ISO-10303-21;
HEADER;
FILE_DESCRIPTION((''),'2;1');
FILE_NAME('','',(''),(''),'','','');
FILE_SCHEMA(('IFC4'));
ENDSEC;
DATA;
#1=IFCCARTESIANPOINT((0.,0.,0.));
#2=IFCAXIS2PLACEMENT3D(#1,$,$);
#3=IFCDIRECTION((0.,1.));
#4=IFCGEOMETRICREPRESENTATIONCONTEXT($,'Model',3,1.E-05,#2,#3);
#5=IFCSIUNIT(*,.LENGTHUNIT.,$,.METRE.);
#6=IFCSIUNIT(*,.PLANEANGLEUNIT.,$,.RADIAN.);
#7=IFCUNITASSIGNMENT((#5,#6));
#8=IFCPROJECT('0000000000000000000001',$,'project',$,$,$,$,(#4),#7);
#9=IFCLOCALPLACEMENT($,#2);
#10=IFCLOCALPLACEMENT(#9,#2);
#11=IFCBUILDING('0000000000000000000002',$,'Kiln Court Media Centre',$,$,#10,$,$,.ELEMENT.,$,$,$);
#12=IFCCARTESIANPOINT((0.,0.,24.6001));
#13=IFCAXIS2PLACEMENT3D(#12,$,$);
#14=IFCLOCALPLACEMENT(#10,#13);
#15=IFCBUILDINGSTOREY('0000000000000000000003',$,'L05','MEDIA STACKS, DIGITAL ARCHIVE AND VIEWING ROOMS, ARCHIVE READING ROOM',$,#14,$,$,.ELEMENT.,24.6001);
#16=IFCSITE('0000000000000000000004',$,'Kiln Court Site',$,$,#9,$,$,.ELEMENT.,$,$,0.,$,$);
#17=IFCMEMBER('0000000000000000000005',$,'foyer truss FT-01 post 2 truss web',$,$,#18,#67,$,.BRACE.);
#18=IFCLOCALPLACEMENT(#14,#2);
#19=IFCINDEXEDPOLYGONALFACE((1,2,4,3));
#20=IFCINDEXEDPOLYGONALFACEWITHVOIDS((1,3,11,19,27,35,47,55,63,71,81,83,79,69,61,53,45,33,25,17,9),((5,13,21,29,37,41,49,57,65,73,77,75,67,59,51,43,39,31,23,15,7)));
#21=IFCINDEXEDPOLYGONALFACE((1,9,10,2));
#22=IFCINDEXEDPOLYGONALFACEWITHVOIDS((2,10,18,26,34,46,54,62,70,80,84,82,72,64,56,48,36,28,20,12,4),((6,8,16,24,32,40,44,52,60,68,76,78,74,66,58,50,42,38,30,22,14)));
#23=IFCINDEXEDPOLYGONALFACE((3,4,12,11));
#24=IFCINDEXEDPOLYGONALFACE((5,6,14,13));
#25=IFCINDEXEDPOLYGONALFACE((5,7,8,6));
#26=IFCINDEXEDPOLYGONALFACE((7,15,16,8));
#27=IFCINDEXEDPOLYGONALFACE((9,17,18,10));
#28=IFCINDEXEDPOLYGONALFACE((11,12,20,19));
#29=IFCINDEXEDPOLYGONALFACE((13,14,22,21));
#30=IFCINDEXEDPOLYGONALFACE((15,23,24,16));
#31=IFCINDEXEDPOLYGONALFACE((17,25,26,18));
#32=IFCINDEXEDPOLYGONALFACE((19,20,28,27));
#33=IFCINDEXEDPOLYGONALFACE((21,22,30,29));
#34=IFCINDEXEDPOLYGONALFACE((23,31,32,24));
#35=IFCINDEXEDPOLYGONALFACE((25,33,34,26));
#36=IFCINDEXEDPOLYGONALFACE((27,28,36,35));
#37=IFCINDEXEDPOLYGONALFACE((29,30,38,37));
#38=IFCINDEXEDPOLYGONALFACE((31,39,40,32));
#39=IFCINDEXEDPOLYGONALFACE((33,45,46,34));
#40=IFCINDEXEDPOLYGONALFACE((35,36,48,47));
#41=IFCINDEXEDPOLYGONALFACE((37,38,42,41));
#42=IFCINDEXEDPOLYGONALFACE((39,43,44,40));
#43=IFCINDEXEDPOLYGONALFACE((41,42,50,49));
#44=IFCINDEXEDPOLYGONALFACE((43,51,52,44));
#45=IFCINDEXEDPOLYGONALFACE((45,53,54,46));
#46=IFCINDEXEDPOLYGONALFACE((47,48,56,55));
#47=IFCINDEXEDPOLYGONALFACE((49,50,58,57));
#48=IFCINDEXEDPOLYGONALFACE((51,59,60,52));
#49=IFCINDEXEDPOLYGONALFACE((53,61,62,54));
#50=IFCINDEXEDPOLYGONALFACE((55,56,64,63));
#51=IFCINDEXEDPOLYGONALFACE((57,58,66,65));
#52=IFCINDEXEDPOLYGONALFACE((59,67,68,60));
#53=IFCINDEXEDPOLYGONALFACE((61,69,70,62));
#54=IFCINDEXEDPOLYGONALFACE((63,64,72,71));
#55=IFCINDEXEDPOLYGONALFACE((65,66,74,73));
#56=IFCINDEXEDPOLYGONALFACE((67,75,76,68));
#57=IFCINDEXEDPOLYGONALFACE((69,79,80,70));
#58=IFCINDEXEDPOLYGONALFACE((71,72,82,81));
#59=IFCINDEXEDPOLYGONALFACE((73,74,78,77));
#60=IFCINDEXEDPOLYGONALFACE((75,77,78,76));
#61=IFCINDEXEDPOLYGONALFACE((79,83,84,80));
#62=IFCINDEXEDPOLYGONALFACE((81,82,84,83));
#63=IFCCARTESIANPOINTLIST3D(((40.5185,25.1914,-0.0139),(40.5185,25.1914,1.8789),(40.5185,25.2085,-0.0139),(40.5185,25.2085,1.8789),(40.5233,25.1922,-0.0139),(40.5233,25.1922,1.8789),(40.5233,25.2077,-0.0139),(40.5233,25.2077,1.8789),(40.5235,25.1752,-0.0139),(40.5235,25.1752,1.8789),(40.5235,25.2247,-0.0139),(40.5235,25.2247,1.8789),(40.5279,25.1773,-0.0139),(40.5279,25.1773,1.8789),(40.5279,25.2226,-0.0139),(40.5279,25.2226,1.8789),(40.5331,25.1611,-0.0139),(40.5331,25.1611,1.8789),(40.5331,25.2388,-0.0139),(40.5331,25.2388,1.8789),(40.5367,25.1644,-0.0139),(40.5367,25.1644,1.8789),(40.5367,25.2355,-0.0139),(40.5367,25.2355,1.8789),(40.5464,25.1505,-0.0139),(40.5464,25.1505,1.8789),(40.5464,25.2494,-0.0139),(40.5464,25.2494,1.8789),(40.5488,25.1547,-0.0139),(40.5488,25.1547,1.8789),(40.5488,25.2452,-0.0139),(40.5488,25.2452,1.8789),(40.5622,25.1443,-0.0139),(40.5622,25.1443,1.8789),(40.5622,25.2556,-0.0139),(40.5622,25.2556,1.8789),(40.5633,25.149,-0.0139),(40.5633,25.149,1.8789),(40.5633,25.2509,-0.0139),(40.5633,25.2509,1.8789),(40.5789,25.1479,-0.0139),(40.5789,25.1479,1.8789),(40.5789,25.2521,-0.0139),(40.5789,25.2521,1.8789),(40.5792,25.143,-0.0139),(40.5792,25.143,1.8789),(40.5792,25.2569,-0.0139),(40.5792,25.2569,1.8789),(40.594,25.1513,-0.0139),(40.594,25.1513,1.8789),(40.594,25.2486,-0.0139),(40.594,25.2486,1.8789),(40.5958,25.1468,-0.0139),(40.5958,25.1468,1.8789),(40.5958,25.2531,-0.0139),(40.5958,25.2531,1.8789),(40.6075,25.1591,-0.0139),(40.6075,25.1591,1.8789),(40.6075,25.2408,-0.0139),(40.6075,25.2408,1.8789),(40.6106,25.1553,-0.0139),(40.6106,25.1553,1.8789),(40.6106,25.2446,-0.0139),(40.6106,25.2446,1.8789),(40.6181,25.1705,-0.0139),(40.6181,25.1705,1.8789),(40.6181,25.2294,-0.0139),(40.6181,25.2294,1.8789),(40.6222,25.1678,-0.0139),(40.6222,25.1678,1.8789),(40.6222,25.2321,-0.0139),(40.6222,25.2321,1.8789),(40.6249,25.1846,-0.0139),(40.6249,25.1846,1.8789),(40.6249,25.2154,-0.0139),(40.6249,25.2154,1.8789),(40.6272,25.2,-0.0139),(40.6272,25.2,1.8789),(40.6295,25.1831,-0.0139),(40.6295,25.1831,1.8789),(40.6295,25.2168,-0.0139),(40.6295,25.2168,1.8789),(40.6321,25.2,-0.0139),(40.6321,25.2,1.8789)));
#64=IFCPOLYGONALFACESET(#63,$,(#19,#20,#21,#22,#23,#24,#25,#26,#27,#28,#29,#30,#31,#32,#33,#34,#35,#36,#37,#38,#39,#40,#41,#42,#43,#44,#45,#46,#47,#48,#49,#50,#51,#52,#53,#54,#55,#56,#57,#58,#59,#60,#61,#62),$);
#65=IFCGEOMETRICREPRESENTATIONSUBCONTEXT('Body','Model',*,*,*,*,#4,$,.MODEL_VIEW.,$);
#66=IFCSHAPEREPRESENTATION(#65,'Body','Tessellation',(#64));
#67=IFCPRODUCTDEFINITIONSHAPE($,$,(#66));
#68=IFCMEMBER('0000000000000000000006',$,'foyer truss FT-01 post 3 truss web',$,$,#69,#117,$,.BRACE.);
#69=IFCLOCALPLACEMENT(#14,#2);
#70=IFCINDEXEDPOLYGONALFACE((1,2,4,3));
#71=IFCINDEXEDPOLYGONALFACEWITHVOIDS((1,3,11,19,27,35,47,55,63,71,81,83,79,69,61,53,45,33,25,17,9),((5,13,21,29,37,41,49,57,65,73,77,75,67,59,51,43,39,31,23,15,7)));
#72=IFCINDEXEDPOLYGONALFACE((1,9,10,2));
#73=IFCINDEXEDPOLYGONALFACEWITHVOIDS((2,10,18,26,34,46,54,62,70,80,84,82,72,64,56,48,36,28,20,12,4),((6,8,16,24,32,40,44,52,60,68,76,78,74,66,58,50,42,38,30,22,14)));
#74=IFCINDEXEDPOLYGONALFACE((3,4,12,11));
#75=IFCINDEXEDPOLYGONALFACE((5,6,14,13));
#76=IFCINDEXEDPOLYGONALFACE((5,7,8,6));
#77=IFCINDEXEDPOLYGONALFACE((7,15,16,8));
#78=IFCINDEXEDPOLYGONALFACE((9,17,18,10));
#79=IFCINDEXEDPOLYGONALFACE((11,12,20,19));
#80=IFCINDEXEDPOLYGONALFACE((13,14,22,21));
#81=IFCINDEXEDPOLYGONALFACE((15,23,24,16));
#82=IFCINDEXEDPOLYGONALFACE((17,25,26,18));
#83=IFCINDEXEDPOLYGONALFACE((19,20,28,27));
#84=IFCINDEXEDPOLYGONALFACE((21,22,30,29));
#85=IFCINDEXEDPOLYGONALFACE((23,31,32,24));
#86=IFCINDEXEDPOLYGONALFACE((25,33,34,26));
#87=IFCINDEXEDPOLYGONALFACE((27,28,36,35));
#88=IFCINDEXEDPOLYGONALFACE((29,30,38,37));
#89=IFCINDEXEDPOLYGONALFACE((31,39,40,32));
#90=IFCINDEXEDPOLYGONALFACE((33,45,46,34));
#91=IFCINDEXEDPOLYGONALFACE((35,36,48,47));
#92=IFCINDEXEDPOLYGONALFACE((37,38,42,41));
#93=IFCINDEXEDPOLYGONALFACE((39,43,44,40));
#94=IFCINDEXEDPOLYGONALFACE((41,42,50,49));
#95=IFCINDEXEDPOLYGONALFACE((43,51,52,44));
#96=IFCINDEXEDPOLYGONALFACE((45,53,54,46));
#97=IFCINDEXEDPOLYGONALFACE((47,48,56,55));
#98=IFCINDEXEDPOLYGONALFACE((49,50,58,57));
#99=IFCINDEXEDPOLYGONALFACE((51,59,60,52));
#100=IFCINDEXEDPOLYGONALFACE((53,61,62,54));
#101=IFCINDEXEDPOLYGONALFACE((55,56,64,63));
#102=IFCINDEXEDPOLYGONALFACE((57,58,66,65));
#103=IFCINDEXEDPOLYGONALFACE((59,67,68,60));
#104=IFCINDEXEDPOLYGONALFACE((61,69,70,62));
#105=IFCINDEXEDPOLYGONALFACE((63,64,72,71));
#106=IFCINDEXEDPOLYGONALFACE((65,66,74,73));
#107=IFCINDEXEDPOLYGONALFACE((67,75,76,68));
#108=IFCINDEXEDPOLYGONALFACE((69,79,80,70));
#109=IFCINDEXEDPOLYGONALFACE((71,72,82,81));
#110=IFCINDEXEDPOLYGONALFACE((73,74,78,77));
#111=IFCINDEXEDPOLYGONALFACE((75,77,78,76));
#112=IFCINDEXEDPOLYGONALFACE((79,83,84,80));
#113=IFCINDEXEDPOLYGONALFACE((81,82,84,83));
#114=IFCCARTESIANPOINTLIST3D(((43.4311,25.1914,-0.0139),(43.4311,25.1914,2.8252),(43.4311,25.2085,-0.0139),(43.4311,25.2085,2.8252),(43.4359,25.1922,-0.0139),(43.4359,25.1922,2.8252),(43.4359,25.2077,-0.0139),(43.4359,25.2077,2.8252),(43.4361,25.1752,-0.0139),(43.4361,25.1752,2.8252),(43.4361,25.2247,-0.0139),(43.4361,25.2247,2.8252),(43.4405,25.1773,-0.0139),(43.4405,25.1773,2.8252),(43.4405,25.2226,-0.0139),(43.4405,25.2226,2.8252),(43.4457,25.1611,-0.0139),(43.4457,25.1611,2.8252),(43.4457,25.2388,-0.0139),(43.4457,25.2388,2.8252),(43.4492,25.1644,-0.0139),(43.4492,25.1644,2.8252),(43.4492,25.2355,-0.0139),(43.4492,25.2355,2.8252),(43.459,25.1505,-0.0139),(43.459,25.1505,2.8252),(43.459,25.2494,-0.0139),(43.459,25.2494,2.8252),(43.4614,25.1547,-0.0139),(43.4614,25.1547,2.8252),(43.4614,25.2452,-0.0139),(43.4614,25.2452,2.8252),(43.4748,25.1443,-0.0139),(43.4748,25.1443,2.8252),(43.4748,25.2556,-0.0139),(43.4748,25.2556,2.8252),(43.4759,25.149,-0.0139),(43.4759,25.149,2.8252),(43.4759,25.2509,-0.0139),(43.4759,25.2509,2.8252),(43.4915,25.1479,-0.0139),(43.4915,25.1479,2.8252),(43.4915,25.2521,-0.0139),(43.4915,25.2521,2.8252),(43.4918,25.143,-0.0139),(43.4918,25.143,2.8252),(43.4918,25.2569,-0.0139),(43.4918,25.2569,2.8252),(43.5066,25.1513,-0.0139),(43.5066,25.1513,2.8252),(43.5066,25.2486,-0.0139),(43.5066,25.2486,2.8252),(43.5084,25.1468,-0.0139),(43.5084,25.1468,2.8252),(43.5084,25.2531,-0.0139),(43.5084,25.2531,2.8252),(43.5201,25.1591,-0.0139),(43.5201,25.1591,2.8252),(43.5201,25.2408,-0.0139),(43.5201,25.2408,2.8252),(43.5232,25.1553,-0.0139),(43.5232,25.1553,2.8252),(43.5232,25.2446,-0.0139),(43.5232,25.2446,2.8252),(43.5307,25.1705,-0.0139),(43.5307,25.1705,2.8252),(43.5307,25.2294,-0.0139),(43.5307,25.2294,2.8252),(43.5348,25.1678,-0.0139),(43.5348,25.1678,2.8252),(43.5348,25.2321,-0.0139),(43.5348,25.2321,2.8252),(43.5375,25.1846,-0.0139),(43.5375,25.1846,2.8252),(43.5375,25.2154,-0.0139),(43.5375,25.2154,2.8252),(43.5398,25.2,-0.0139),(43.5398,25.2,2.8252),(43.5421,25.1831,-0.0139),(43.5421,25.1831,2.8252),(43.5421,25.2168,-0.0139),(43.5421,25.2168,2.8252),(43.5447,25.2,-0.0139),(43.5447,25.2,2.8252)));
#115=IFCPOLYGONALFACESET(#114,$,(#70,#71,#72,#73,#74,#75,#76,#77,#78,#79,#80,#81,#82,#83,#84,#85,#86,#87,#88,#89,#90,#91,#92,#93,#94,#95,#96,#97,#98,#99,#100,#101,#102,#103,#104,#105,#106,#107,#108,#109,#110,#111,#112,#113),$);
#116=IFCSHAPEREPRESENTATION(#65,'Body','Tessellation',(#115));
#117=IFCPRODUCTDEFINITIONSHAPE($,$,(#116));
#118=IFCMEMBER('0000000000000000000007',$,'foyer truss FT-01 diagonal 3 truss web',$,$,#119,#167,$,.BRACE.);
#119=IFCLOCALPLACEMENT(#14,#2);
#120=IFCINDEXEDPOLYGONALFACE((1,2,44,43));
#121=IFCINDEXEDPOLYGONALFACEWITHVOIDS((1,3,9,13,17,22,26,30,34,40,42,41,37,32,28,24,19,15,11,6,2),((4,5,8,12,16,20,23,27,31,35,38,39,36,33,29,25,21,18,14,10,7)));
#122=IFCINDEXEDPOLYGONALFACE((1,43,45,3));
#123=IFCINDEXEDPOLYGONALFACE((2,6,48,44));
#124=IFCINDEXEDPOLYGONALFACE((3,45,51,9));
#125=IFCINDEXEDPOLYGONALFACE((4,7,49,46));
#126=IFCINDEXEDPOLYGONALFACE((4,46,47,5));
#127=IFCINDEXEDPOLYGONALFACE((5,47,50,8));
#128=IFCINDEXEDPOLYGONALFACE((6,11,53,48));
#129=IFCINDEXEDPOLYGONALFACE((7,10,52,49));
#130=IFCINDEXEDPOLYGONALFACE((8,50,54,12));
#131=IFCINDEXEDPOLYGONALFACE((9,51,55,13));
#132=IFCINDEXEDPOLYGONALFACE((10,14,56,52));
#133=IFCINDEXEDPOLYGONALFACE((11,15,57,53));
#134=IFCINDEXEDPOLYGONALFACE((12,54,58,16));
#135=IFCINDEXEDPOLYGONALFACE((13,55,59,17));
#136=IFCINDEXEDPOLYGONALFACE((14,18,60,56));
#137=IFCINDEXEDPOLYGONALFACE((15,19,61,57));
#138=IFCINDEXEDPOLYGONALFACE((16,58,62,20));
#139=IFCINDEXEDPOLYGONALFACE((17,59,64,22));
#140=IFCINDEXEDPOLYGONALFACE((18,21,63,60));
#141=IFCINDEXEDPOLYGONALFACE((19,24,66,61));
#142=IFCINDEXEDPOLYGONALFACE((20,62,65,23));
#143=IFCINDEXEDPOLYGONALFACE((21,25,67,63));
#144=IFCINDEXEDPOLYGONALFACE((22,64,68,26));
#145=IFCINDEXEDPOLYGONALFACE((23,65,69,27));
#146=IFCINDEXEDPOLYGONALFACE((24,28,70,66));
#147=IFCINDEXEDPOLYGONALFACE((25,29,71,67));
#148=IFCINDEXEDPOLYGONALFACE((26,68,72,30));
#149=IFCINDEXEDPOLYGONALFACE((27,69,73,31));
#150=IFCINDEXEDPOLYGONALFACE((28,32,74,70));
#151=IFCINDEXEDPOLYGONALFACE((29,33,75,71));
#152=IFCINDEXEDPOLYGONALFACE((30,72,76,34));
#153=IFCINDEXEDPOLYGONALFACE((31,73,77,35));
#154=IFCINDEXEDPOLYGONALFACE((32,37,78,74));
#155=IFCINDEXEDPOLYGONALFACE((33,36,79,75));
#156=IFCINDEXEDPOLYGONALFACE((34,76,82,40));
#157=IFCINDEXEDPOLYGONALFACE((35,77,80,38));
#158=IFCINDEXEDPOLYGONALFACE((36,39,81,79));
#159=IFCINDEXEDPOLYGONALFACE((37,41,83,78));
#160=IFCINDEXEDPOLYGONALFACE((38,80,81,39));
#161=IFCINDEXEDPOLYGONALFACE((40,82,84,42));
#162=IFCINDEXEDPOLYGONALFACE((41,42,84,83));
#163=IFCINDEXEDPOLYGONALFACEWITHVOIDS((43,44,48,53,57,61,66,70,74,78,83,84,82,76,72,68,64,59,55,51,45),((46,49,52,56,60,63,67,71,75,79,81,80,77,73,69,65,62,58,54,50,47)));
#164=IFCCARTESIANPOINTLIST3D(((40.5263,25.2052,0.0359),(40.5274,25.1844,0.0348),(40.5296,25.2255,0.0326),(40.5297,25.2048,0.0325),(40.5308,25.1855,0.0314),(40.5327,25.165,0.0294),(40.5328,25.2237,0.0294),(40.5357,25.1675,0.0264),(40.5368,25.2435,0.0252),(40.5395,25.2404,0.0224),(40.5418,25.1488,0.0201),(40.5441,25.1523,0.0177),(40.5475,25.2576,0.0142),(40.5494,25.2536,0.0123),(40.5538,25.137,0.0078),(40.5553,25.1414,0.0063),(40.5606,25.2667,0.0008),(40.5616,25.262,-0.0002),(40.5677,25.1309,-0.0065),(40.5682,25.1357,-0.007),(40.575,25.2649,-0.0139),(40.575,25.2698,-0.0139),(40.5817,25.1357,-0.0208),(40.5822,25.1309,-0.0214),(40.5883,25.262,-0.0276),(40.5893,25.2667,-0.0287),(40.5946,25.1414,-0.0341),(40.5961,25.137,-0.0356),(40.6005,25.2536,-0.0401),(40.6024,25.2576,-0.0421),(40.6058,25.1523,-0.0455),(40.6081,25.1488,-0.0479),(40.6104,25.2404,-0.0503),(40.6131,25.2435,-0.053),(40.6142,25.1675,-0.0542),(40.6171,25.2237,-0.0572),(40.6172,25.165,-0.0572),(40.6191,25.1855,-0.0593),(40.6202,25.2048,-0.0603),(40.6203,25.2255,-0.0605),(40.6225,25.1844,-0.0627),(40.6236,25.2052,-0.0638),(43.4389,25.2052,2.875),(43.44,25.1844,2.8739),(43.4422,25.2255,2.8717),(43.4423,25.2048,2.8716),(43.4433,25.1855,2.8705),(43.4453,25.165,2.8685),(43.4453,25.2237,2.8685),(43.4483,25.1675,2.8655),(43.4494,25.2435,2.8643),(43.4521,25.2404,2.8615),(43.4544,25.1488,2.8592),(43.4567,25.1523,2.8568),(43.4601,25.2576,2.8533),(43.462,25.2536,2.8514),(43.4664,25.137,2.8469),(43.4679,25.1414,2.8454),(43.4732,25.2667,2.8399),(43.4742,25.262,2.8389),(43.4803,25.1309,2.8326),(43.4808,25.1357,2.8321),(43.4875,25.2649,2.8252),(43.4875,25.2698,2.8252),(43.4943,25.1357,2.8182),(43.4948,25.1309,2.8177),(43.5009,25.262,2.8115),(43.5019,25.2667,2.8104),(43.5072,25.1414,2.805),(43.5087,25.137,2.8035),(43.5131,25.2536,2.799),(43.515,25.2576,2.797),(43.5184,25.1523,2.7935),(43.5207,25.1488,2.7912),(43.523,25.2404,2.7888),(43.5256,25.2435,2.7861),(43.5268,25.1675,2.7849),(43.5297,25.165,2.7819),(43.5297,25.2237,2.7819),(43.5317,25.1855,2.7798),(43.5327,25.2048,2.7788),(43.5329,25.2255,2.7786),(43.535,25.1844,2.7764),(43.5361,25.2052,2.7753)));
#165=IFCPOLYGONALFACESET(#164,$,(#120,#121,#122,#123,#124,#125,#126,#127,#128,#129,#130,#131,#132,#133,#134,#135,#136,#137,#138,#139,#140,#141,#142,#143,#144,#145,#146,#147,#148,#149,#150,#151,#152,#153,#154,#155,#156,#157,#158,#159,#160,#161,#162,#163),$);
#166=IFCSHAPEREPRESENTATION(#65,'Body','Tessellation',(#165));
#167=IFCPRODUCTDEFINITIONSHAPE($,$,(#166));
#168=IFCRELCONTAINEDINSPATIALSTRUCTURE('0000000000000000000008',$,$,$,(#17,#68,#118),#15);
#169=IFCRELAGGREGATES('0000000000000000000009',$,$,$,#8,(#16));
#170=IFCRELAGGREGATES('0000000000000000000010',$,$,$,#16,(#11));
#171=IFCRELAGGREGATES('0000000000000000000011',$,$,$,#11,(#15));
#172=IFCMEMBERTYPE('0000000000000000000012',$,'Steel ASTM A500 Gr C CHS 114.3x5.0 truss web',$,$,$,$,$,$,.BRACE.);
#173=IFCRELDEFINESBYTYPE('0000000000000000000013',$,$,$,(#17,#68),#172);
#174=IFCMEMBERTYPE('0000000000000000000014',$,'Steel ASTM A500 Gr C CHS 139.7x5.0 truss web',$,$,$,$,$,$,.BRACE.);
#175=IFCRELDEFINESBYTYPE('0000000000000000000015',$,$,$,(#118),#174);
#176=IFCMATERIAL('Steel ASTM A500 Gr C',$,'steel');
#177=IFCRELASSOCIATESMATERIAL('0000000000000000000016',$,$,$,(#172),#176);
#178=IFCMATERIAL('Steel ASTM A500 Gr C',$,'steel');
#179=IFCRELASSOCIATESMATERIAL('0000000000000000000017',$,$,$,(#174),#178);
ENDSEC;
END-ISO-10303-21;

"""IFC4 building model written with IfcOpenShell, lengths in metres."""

from ifc_helpers import new_model, si_unit, direction, frame, origin, origin_2d, place, context, subcontext, project, spatial, hollow_circle, extrude, material, material_profile, profile_set, type_object, element, save


model = new_model("IFC4")

# Units and contexts
model_context = context("Model", 3, precision=1e-05, world=origin(), true_north=direction((0.0, 1.0)))
body_context = subcontext(model_context, "Body", "Model", "MODEL_VIEW")
ifc_project = project(units=[si_unit("LENGTHUNIT", "METRE"), si_unit("PLANEANGLEUNIT", "RADIAN")], contexts=[model_context])

# Site, building, storey
site_placement = place(None, origin())
site = spatial("IfcSite", under=ifc_project, at=site_placement, Name="Kiln Court Site", CompositionType="ELEMENT", RefElevation=0.0)
building_placement = place(site_placement, origin())
building = spatial("IfcBuilding", under=site, at=building_placement, Name="Kiln Court Media Centre", CompositionType="ELEMENT")
storey_placement = place(building_placement, frame((0.0, 0.0, 24.6001)))
storey = spatial("IfcBuildingStorey", under=building, at=storey_placement, Name="L05", Description="MEDIA STACKS, DIGITAL ARCHIVE AND VIEWING ROOMS, ARCHIVE READING ROOM", CompositionType="ELEMENT", Elevation=24.6001)

# Members
ifc_material_1 = material(Name="Steel ASTM A500 Gr C", Category="steel")
ifc_material_profile_1 = material_profile(ifc_material_1, hollow_circle(Radius=0.0571, WallThickness=0.0049, at=origin_2d()), Name="CHS 114.3x5.0")
ifc_profile_set_1 = profile_set([ifc_material_profile_1], Name="Steel ASTM A500 Gr C")
member_type_1 = type_object("IfcMemberType", Name="Steel ASTM A500 Gr C CHS 114.3x5.0 truss web", PredefinedType="BRACE", material=ifc_profile_set_1)
member_1_placement = place(storey_placement, frame((40.575, 25.2, -0.0139), z_axis=(0.0, 0.0, 1.0), x_axis=(1.0, 0.0, 0.0)))
element("IfcMember", 1, at=member_1_placement, inside=storey, type_object=member_type_1, Name="foyer truss FT-01 post 2 truss web", PredefinedType="BRACE", context=body_context, shape_type="SweptSolid", body=[
    extrude(hollow_circle(Radius=0.0571, WallThickness=0.0049, at=origin_2d()), origin(), (0.0, 0.0, 1.0), 1.8928),
])
member_2_placement = place(storey_placement, frame((43.4875, 25.2, -0.0139), z_axis=(0.0, 0.0, 1.0), x_axis=(1.0, 0.0, 0.0)))
element("IfcMember", 2, at=member_2_placement, inside=storey, type_object=member_type_1, Name="foyer truss FT-01 post 3 truss web", PredefinedType="BRACE", context=body_context, shape_type="SweptSolid", body=[
    extrude(hollow_circle(Radius=0.0571, WallThickness=0.0049, at=origin_2d()), origin(), (0.0, 0.0, 1.0), 2.8391),
])
ifc_material_2 = material(Name="Steel ASTM A500 Gr C", Category="steel")
ifc_material_profile_2 = material_profile(ifc_material_2, hollow_circle(Radius=0.0698, WallThickness=0.0049, at=origin_2d()), Name="CHS 139.7x5.0")
ifc_profile_set_2 = profile_set([ifc_material_profile_2], Name="Steel ASTM A500 Gr C")
member_type_2 = type_object("IfcMemberType", Name="Steel ASTM A500 Gr C CHS 139.7x5.0 truss web", PredefinedType="BRACE", material=ifc_profile_set_2)
member_3_placement = place(storey_placement, frame((40.575, 25.2, -0.0139), z_axis=(0.716083, 0.0, 0.698016), x_axis=(0.0, 1.0, 0.0)))
element("IfcMember", 3, at=member_3_placement, inside=storey, type_object=member_type_2, Name="foyer truss FT-01 diagonal 3 truss web", PredefinedType="BRACE", context=body_context, shape_type="SweptSolid", body=[
    extrude(hollow_circle(Radius=0.0698, WallThickness=0.0049, at=origin_2d()), origin(), (0.0, 0.0, 1.0), 4.0674),
])

save(model, "model.ifc")
